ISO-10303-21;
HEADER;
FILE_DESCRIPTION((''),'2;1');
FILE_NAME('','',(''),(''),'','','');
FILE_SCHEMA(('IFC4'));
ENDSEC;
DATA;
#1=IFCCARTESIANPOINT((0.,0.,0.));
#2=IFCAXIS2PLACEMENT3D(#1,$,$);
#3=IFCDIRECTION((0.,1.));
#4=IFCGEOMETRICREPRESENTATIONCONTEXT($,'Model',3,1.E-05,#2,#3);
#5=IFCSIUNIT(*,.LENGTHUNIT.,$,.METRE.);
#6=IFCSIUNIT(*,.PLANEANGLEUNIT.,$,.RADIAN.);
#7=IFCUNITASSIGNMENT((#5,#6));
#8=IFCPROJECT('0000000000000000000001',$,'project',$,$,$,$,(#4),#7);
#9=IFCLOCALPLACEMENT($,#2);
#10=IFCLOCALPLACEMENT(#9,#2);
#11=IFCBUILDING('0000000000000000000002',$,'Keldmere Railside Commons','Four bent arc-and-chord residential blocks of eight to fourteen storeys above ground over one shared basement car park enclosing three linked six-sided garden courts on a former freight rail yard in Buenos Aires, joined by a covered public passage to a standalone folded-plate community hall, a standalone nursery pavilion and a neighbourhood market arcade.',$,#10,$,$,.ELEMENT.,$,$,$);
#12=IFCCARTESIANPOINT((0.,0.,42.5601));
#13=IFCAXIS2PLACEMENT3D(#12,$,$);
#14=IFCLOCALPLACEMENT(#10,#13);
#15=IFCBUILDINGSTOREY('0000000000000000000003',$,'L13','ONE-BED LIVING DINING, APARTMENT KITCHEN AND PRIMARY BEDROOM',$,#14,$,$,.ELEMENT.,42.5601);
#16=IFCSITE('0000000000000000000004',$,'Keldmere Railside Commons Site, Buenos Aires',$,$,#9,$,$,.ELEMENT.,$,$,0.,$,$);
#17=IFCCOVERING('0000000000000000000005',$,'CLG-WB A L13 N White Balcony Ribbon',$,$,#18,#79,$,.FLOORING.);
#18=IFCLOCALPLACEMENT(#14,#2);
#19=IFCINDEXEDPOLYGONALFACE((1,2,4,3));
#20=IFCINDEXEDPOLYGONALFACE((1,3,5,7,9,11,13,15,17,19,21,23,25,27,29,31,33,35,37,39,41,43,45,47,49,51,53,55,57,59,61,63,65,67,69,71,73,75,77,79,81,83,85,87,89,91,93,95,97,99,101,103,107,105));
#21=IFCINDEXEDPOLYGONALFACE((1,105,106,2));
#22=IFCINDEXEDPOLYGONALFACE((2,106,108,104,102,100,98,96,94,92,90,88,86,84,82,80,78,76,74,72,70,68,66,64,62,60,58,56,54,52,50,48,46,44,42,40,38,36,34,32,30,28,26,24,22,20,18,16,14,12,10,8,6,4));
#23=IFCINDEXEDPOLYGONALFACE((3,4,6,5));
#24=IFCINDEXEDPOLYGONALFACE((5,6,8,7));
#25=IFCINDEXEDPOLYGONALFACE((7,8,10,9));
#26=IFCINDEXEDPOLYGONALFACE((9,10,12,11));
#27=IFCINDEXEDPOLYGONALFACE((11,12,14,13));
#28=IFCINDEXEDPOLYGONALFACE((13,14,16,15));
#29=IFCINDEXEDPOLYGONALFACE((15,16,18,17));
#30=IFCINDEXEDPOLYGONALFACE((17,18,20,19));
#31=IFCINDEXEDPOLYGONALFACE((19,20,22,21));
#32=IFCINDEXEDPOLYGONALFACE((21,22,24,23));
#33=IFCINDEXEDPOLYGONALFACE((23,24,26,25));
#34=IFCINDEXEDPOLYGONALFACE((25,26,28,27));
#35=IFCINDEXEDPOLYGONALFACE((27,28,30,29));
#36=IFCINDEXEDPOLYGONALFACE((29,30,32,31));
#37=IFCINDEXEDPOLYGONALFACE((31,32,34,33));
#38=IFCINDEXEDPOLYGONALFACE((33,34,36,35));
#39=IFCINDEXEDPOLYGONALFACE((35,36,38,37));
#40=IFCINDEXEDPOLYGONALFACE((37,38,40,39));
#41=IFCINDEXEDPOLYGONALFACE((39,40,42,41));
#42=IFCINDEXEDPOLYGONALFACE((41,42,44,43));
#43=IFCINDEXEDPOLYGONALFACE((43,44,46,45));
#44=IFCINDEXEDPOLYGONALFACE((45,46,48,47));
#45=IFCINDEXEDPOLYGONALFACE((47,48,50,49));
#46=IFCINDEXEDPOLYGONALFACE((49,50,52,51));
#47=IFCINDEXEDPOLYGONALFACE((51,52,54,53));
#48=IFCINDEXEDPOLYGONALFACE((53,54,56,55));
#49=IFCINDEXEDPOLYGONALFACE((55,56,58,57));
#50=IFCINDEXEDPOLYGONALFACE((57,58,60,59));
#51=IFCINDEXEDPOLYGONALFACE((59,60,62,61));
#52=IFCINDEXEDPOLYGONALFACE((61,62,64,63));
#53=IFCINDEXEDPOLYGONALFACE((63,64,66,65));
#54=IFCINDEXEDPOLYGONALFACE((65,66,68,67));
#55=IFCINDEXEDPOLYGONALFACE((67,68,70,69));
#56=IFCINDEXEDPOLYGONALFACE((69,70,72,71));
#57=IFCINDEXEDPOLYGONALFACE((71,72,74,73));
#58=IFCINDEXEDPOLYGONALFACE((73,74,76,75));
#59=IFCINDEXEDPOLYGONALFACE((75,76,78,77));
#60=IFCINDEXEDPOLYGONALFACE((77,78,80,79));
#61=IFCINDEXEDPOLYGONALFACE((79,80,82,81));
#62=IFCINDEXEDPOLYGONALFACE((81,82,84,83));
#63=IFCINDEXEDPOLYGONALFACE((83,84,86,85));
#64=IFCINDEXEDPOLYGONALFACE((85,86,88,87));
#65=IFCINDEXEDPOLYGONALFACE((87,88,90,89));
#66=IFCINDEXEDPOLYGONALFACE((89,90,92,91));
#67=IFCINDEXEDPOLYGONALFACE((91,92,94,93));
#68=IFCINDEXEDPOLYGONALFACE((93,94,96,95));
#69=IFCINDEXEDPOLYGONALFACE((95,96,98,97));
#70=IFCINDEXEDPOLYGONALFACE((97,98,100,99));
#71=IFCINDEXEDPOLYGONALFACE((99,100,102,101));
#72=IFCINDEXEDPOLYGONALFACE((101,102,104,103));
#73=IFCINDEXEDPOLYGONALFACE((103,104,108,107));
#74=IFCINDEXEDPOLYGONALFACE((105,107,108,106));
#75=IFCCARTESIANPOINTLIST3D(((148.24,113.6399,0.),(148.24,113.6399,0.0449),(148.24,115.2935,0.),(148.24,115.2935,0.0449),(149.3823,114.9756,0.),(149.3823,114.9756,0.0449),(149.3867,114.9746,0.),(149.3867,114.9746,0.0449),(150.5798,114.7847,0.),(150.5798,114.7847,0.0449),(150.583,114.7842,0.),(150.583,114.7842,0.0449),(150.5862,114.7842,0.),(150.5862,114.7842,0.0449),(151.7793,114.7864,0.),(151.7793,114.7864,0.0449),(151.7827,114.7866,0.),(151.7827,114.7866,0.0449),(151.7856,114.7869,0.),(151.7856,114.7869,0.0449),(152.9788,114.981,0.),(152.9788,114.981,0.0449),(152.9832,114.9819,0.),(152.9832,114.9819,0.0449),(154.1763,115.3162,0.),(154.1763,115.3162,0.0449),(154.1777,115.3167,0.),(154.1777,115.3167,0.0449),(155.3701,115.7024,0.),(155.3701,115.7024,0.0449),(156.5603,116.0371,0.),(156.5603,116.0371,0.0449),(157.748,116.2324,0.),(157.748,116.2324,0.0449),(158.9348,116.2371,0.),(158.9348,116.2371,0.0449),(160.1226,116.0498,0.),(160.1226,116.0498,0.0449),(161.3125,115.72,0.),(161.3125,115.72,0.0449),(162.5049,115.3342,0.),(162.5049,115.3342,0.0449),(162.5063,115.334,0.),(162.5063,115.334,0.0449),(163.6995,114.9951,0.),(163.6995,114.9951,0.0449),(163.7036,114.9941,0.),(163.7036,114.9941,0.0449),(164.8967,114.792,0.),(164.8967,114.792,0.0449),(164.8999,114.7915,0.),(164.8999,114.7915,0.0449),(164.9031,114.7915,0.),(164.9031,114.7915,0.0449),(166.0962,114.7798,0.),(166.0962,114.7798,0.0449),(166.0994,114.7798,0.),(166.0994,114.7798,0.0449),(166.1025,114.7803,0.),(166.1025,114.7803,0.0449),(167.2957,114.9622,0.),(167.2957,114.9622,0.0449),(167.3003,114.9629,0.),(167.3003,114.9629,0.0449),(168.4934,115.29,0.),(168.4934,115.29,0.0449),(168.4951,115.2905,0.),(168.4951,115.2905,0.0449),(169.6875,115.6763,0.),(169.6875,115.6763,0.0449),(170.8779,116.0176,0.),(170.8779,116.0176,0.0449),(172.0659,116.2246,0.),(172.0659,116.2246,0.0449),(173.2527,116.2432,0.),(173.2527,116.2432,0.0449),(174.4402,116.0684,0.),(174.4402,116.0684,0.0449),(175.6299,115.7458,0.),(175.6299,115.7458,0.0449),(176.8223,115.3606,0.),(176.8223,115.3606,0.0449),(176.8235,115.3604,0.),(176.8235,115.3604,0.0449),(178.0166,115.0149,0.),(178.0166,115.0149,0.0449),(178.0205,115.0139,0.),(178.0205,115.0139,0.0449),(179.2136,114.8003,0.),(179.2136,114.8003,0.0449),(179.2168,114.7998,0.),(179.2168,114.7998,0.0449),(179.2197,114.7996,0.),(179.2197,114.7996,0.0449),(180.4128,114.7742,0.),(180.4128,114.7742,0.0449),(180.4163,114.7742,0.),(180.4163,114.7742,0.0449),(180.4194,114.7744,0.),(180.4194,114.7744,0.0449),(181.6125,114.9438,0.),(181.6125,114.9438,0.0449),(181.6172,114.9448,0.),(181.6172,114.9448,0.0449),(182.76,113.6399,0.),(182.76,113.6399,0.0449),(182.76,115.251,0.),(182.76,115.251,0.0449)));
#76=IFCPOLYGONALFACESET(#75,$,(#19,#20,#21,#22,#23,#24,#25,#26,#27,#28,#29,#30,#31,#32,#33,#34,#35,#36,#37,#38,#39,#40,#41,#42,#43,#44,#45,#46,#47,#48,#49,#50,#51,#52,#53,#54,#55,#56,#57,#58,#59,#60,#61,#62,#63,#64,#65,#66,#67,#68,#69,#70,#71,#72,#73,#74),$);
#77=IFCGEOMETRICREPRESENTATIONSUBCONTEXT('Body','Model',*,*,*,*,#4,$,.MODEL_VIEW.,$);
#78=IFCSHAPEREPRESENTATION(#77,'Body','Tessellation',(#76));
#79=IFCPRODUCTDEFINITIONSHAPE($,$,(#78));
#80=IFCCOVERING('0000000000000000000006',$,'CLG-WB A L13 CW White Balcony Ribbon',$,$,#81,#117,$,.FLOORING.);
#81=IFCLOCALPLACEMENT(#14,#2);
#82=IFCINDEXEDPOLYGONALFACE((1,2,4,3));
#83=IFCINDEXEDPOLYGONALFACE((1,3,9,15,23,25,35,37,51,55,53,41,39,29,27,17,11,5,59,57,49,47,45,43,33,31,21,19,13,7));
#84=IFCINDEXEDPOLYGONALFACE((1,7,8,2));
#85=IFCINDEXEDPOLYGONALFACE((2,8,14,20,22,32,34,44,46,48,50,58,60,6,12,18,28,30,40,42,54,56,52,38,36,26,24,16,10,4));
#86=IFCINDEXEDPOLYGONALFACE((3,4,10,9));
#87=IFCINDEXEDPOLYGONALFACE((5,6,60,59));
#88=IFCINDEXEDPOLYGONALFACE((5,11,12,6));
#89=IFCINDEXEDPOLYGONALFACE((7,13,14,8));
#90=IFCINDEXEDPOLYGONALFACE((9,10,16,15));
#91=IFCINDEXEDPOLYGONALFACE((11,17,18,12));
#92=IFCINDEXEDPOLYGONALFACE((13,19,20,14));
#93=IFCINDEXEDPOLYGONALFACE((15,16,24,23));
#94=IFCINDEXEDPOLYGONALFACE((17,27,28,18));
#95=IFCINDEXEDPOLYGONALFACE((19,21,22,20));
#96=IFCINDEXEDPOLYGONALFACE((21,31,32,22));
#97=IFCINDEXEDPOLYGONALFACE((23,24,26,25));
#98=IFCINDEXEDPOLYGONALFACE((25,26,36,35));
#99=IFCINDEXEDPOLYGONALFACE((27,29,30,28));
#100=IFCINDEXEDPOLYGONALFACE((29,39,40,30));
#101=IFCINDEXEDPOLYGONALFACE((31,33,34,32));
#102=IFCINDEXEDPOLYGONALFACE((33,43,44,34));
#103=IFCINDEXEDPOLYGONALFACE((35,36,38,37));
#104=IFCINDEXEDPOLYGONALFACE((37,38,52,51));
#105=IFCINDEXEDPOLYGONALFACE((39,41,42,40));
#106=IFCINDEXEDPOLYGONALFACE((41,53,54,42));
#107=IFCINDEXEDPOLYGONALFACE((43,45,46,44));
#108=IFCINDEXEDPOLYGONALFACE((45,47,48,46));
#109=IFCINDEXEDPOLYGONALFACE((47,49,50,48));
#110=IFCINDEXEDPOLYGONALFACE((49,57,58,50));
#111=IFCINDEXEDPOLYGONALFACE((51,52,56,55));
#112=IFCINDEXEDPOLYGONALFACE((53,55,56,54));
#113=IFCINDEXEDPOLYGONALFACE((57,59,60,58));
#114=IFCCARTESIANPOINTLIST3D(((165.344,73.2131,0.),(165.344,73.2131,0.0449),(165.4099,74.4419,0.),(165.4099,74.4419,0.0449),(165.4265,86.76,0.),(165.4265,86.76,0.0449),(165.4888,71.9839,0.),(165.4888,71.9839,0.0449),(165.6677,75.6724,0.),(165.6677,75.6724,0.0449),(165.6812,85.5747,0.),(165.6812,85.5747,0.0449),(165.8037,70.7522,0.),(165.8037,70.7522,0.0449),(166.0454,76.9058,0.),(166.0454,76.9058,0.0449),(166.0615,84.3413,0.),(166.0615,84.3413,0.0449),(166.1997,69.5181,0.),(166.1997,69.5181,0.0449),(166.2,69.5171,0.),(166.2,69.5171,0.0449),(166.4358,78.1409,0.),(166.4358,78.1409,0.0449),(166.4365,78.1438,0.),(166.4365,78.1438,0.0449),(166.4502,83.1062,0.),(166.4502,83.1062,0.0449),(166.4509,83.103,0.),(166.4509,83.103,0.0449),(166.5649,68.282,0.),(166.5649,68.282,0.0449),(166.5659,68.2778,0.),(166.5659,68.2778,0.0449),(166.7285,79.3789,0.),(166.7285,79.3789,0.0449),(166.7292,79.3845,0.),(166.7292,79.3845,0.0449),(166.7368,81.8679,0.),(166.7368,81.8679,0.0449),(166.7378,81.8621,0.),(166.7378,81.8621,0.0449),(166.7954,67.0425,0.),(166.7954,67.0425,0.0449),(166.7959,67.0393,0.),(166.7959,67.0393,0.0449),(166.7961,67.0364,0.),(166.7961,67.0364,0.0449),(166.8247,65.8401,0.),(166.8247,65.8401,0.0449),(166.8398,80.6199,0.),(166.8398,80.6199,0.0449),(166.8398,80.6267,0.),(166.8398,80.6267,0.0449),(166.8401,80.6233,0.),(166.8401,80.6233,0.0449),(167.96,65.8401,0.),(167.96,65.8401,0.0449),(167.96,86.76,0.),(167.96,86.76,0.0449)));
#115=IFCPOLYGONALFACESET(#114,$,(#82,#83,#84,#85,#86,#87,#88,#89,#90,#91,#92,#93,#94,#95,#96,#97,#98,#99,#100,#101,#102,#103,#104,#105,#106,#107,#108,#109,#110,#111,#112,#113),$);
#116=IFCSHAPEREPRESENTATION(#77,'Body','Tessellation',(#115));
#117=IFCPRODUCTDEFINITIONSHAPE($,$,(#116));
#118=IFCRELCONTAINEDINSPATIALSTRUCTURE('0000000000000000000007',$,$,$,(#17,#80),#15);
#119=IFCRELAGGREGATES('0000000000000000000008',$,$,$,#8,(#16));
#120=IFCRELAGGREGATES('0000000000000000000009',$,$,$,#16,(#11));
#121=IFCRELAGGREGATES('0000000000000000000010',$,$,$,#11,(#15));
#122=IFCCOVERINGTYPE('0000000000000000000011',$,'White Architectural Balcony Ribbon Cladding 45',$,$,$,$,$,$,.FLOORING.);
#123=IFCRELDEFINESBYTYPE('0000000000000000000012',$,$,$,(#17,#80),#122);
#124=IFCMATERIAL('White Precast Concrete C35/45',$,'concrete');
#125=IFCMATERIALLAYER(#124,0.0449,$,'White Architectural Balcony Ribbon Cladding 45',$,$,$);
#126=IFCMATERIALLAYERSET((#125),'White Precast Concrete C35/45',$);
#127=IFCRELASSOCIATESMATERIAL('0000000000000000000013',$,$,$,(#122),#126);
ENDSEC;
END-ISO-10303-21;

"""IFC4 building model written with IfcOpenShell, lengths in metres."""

from ifc_helpers import new_model, si_unit, direction, frame, origin, place, context, subcontext, project, spatial, polyline, outline, extrude, material, layer, layer_set, type_object, element, save


model = new_model("IFC4")

# Units and contexts
model_context = context("Model", 3, precision=1e-05, world=origin(), true_north=direction((0.0, 1.0)))
body_context = subcontext(model_context, "Body", "Model", "MODEL_VIEW")
ifc_project = project(units=[si_unit("LENGTHUNIT", "METRE"), si_unit("PLANEANGLEUNIT", "RADIAN")], contexts=[model_context])

# Site, building, storey
site_placement = place(None, origin())
site = spatial("IfcSite", under=ifc_project, at=site_placement, Name="Keldmere Railside Commons Site, Buenos Aires", CompositionType="ELEMENT", RefElevation=0.0)
building_placement = place(site_placement, origin())
building = spatial("IfcBuilding", under=site, at=building_placement, Name="Keldmere Railside Commons", Description="Four bent arc-and-chord residential blocks of eight to fourteen storeys above ground over one shared basement car park enclosing three linked six-sided garden courts on a former freight rail yard in Buenos Aires, joined by a covered public passage to a standalone folded-plate community hall, a standalone nursery pavilion and a neighbourhood market arcade.", CompositionType="ELEMENT")
storey_placement = place(building_placement, frame((0.0, 0.0, 42.5601)))
storey = spatial("IfcBuildingStorey", under=building, at=storey_placement, Name="L13", Description="ONE-BED LIVING DINING, APARTMENT KITCHEN AND PRIMARY BEDROOM", CompositionType="ELEMENT", Elevation=42.5601)

# Coverings
ifc_material_1 = material(Name="White Precast Concrete C35/45", Category="concrete")
ifc_layer_1 = layer(ifc_material_1, 0.0449, Name="White Architectural Balcony Ribbon Cladding 45")
ifc_layer_set_1 = layer_set([ifc_layer_1], Name="White Precast Concrete C35/45")
covering_type = type_object("IfcCoveringType", Name="White Architectural Balcony Ribbon Cladding 45", PredefinedType="FLOORING", material=ifc_layer_set_1)
covering_1_placement = place(storey_placement, origin())
element("IfcCovering", 1, at=covering_1_placement, inside=storey, type_object=covering_type, Name="CLG-WB A L13 N White Balcony Ribbon", PredefinedType="FLOORING", context=body_context, shape_type="SweptSolid", body=[
    extrude(outline(polyline([(182.76, 113.6399), (182.76, 115.251), (181.6172, 114.9448), (181.6125, 114.9438), (180.4194, 114.7744), (180.4163, 114.7742), (180.4128, 114.7742), (179.2197, 114.7996), (179.2168, 114.7998), (179.2136, 114.8003), (178.0205, 115.0139), (178.0166, 115.0149), (176.8235, 115.3604), (176.8223, 115.3606), (175.6299, 115.7458), (174.4402, 116.0684), (173.2527, 116.2432), (172.0659, 116.2246), (170.8779, 116.0176), (169.6875, 115.6763), (168.4951, 115.2905), (168.4934, 115.29), (167.3003, 114.9629), (167.2957, 114.9622), (166.1025, 114.7803), (166.0994, 114.7798), (166.0962, 114.7798), (164.9031, 114.7915), (164.8999, 114.7915), (164.8967, 114.792), (163.7036, 114.9941), (163.6995, 114.9951), (162.5063, 115.334), (162.5049, 115.3342), (161.3125, 115.72), (160.1226, 116.0498), (158.9348, 116.2371), (157.748, 116.2324), (156.5603, 116.0371), (155.3701, 115.7024), (154.1777, 115.3167), (154.1763, 115.3162), (152.9832, 114.9819), (152.9788, 114.981), (151.7856, 114.7869), (151.7827, 114.7866), (151.7793, 114.7864), (150.5862, 114.7842), (150.583, 114.7842), (150.5798, 114.7847), (149.3867, 114.9746), (149.3823, 114.9756), (148.24, 115.2935), (148.24, 113.6399), (182.76, 113.6399)])), origin(), (0.0, 0.0, 1.0), 0.0449),
])
covering_2_placement = place(storey_placement, origin())
element("IfcCovering", 2, at=covering_2_placement, inside=storey, type_object=covering_type, Name="CLG-WB A L13 CW White Balcony Ribbon", PredefinedType="FLOORING", context=body_context, shape_type="SweptSolid", body=[
    extrude(outline(polyline([(167.96, 86.76), (165.4265, 86.76), (165.6812, 85.5747), (166.0615, 84.3413), (166.4502, 83.1062), (166.4509, 83.103), (166.7368, 81.8679), (166.7378, 81.8621), (166.8398, 80.6267), (166.8401, 80.6233), (166.8398, 80.6199), (166.7292, 79.3845), (166.7285, 79.3789), (166.4365, 78.1438), (166.4358, 78.1409), (166.0454, 76.9058), (165.6677, 75.6724), (165.4099, 74.4419), (165.344, 73.2131), (165.4888, 71.9839), (165.8037, 70.7522), (166.1997, 69.5181), (166.2, 69.5171), (166.5649, 68.282), (166.5659, 68.2778), (166.7954, 67.0425), (166.7959, 67.0393), (166.7961, 67.0364), (166.8247, 65.8401), (167.96, 65.8401), (167.96, 86.76)])), origin(), (0.0, 0.0, 1.0), 0.0449),
])

save(model, "model.ifc")
